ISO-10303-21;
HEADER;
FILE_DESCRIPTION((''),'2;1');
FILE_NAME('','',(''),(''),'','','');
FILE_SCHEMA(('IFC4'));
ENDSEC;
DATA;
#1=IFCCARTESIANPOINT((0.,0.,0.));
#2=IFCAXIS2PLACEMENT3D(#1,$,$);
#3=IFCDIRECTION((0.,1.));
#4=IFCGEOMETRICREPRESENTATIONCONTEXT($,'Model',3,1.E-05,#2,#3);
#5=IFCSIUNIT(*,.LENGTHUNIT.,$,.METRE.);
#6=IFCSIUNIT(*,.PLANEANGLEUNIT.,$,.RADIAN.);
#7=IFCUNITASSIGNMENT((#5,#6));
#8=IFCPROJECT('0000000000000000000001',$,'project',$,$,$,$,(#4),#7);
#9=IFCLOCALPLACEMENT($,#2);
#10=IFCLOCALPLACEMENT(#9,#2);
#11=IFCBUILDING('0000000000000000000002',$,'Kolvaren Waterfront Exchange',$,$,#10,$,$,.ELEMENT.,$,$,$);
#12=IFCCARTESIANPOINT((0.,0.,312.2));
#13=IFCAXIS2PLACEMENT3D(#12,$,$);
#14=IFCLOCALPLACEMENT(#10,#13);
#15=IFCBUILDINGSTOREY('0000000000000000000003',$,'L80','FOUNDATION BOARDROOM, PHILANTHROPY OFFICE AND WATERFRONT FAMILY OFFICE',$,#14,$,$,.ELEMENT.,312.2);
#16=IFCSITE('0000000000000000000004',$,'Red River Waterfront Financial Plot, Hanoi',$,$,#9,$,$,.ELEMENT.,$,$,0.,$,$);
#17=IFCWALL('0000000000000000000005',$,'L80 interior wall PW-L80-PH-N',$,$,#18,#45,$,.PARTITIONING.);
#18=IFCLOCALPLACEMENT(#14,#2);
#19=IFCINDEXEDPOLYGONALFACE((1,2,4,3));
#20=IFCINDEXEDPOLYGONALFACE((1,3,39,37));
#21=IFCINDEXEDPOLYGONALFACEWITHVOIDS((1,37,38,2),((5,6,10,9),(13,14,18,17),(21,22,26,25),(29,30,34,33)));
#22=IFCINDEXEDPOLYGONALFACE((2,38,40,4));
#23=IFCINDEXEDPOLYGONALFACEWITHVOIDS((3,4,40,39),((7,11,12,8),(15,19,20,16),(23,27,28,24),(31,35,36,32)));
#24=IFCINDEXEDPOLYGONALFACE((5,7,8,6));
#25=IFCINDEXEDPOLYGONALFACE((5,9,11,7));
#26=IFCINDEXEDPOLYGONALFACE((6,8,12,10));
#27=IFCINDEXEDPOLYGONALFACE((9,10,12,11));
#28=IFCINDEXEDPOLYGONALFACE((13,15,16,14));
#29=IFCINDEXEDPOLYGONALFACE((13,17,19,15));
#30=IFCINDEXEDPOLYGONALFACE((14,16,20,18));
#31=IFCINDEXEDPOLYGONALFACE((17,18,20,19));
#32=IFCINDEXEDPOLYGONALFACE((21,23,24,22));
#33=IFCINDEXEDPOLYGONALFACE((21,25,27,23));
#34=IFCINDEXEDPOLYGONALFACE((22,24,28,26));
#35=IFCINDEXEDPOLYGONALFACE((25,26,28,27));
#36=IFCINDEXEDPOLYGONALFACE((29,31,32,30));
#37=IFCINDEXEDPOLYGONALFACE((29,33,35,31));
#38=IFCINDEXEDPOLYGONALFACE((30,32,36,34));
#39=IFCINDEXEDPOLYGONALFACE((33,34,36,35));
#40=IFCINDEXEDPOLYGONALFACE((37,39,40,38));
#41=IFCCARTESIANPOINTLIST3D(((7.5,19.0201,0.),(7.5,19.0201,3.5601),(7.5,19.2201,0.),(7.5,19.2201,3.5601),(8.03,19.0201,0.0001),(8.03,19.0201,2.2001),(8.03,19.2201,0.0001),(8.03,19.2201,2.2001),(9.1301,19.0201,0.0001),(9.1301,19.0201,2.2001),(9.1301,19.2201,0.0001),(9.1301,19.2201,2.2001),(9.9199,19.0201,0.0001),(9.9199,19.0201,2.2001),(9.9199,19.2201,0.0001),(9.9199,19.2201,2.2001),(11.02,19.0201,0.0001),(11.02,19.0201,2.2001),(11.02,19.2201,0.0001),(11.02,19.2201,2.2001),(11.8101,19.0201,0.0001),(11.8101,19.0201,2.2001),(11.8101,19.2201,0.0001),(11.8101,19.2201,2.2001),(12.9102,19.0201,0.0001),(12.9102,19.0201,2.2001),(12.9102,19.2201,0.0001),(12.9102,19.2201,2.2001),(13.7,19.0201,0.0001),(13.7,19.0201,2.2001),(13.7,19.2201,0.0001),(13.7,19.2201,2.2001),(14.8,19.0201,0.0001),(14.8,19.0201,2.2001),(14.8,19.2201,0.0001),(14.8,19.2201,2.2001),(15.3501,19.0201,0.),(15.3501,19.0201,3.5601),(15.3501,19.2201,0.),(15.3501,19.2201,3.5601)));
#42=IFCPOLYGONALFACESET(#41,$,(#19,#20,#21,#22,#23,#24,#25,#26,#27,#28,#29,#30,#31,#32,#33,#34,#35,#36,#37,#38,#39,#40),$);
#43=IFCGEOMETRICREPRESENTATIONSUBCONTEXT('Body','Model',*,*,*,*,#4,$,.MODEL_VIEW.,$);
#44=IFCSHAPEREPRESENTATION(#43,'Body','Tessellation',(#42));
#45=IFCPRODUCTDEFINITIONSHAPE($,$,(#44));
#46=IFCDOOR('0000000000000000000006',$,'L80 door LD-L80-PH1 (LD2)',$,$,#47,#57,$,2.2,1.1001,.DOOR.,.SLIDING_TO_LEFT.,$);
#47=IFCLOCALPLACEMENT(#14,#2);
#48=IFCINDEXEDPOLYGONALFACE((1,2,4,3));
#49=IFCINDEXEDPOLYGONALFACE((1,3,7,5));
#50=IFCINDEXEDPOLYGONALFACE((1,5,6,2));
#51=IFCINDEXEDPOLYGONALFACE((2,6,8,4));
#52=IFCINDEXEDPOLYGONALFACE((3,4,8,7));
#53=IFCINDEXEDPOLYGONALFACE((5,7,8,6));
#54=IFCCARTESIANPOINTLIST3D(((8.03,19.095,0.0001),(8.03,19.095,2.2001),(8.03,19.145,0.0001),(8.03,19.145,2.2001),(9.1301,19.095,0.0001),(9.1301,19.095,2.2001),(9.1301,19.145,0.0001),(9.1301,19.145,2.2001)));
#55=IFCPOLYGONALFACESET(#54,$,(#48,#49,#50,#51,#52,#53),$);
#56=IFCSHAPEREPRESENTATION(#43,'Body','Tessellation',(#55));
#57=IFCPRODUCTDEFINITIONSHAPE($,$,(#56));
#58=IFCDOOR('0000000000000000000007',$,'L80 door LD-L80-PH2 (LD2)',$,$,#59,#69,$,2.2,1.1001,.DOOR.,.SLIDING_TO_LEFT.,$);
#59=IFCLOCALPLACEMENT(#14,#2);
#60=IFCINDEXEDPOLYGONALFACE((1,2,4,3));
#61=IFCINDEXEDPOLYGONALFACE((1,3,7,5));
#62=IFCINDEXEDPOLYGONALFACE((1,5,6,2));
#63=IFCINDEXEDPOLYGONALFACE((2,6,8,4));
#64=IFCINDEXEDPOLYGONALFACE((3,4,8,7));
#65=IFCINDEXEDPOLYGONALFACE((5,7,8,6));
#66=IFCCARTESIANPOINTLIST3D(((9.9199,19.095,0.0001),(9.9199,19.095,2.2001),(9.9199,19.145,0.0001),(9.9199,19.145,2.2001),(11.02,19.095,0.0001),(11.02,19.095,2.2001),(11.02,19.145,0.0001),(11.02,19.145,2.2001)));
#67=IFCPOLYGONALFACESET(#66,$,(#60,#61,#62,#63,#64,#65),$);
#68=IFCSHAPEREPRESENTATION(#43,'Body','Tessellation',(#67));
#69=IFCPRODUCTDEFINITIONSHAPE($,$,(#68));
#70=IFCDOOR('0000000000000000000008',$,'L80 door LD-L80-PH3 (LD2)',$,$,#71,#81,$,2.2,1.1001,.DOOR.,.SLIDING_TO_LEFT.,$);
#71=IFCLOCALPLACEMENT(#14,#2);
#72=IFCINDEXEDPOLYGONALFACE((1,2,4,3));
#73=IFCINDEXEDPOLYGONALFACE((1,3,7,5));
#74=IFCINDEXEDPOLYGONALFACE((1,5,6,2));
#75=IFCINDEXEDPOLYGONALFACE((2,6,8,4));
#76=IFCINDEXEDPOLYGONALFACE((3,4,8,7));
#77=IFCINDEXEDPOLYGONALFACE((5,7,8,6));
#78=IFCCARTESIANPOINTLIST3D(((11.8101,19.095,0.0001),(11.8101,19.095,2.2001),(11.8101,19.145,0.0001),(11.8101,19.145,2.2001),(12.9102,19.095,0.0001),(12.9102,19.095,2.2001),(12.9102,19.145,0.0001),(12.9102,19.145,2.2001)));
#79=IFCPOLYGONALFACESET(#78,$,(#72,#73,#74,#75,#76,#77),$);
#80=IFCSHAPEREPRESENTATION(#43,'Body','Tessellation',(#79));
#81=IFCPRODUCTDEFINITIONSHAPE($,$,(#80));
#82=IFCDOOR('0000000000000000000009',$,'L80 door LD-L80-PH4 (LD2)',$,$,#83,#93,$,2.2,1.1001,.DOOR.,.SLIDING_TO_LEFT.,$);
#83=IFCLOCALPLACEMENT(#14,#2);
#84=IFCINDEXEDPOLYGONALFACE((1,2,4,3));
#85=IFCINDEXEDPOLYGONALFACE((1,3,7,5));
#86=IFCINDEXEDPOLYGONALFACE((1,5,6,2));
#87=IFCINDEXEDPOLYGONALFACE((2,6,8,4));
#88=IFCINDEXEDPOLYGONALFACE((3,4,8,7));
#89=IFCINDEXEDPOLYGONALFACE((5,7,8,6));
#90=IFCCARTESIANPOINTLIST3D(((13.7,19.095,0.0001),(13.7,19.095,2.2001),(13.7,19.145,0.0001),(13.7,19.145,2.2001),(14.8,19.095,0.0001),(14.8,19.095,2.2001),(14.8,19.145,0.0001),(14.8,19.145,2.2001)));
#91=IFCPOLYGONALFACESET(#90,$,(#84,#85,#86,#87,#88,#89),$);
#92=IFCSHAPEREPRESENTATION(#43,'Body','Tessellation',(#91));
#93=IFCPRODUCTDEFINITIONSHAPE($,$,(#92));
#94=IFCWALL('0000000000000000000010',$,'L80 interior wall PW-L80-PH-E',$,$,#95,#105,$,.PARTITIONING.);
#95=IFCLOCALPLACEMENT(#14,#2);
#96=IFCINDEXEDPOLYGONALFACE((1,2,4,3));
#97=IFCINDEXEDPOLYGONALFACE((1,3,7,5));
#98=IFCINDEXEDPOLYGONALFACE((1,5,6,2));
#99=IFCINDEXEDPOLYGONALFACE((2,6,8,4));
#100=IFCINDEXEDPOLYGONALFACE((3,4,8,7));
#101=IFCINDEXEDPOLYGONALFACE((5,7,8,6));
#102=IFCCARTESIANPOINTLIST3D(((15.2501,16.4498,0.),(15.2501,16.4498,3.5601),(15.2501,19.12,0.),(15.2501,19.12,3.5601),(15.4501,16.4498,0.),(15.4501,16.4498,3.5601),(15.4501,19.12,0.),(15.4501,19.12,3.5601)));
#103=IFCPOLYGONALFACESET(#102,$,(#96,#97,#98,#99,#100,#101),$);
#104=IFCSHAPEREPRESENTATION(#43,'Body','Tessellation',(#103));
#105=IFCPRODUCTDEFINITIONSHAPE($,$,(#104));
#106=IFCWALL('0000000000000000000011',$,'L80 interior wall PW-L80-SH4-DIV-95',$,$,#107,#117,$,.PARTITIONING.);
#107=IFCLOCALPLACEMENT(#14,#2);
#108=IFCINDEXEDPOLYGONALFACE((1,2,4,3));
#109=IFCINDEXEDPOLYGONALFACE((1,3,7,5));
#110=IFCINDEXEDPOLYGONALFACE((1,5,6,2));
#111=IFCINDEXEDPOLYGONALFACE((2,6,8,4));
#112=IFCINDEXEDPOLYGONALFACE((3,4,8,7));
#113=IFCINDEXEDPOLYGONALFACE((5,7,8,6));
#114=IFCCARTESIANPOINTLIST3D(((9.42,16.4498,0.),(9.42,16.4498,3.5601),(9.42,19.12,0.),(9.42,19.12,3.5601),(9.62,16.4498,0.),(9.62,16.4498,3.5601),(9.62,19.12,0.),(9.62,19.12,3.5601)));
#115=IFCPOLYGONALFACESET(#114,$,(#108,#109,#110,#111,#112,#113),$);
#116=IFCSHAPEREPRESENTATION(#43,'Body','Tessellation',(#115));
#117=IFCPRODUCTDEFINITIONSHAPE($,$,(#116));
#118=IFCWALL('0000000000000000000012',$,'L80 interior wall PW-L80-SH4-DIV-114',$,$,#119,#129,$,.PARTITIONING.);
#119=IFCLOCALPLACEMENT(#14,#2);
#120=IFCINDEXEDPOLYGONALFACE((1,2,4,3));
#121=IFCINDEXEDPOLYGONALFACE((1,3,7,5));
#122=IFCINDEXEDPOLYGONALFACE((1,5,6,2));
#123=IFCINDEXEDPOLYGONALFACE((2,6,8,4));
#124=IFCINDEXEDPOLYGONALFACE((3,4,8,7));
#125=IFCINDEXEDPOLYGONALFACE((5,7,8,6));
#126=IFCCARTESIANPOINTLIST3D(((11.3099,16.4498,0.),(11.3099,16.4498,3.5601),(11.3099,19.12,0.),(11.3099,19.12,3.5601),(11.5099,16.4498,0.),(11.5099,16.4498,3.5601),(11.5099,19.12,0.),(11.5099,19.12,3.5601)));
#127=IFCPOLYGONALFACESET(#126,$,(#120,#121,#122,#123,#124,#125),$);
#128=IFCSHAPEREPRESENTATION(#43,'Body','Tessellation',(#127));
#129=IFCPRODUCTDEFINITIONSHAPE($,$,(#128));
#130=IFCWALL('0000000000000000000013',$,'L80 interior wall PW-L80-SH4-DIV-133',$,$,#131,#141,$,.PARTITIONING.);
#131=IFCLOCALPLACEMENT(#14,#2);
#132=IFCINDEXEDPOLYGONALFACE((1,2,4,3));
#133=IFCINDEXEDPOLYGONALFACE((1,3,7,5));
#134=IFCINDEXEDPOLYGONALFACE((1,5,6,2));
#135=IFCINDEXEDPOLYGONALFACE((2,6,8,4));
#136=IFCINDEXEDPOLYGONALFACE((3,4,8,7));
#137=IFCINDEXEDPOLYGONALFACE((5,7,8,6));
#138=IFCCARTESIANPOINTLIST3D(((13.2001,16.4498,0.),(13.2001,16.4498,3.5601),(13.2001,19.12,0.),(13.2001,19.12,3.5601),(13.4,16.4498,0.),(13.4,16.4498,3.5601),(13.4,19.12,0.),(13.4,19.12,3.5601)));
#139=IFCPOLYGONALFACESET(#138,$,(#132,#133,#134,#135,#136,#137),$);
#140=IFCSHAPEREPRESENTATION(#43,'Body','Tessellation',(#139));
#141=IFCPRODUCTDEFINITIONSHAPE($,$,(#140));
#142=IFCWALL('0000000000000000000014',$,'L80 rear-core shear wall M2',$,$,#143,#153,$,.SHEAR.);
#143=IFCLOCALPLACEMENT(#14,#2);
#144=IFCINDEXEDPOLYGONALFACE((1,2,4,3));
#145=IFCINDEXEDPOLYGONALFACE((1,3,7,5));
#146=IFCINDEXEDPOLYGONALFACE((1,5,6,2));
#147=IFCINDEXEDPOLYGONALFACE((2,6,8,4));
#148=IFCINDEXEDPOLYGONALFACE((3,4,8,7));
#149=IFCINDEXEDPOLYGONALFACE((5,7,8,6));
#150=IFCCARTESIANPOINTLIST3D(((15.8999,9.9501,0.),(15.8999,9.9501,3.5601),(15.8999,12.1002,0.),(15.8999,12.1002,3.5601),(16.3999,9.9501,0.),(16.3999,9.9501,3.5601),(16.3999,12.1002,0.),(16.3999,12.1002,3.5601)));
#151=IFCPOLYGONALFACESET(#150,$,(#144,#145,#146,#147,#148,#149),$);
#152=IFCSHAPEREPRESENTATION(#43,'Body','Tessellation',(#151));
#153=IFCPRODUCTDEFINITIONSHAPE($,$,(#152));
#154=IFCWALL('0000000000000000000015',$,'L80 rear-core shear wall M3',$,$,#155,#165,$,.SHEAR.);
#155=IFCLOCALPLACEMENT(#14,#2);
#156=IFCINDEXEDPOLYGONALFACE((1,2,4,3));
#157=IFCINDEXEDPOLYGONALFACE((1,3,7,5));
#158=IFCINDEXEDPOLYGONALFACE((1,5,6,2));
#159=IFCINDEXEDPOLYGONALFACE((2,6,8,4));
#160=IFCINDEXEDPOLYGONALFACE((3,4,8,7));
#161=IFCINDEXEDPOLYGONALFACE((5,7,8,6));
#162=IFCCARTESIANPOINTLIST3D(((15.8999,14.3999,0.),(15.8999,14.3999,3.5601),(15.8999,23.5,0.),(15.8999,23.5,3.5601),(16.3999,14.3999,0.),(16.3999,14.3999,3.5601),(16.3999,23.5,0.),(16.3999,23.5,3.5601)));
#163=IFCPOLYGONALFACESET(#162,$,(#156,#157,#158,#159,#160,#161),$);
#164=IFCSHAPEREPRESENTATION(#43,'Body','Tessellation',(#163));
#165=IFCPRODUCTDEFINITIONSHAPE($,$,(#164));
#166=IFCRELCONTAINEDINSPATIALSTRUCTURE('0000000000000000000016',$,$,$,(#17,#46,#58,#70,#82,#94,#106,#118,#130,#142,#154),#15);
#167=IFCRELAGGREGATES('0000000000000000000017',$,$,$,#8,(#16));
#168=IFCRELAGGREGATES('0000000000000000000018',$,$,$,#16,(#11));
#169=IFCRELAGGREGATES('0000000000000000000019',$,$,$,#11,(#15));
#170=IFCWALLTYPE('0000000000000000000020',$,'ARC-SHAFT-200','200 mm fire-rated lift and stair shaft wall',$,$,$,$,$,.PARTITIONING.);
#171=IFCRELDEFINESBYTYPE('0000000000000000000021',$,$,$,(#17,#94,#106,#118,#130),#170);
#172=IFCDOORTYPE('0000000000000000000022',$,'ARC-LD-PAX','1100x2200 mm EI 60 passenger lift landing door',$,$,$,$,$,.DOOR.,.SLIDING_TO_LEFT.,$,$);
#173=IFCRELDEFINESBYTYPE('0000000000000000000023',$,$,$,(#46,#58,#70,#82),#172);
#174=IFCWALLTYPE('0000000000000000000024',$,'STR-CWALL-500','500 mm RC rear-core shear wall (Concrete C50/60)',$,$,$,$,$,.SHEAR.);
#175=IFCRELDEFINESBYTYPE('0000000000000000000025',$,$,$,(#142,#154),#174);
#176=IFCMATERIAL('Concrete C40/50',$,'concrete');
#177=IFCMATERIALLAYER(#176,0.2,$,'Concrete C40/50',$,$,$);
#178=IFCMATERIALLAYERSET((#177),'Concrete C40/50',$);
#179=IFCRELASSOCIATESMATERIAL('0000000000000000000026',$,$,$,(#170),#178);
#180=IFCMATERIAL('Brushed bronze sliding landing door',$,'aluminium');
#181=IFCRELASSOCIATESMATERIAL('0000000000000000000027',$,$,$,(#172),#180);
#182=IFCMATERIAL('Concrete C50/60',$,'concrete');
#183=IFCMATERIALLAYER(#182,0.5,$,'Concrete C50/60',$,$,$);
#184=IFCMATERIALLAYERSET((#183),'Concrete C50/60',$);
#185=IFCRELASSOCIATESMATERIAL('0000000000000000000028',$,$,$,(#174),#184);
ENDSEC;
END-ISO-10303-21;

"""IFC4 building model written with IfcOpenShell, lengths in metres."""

from ifc_helpers import new_model, si_unit, direction, frame, frame_2d, origin, place, context, subcontext, project, spatial, rectangle, extrude, material, layer, layer_set, type_object, element, fill, save


model = new_model("IFC4")

# Units and contexts
model_context = context("Model", 3, precision=1e-05, world=origin(), true_north=direction((0.0, 1.0)))
body_context = subcontext(model_context, "Body", "Model", "MODEL_VIEW")
ifc_project = project(units=[si_unit("LENGTHUNIT", "METRE"), si_unit("PLANEANGLEUNIT", "RADIAN")], contexts=[model_context])

# Site, building, storey
site_placement = place(None, origin())
site = spatial("IfcSite", under=ifc_project, at=site_placement, Name="Red River Waterfront Financial Plot, Hanoi", CompositionType="ELEMENT", RefElevation=0.0)
building_placement = place(site_placement, origin())
building = spatial("IfcBuilding", under=site, at=building_placement, Name="Kolvaren Waterfront Exchange", CompositionType="ELEMENT")
storey_placement = place(building_placement, frame((0.0, 0.0, 312.2)))
storey = spatial("IfcBuildingStorey", under=building, at=storey_placement, Name="L80", Description="FOUNDATION BOARDROOM, PHILANTHROPY OFFICE AND WATERFRONT FAMILY OFFICE", CompositionType="ELEMENT", Elevation=312.2)

# Shared definitions
ifc_material_1 = material(Name="Concrete C40/50", Category="concrete")
ifc_layer_1 = layer(ifc_material_1, 0.2, Name="Concrete C40/50")
ifc_layer_set_1 = layer_set([ifc_layer_1], Name="Concrete C40/50")
wall_type_1 = type_object("IfcWallType", Name="ARC-SHAFT-200", Description="200 mm fire-rated lift and stair shaft wall", PredefinedType="PARTITIONING", material=ifc_layer_set_1)

# Wall, openings, doors
wall_1_placement = place(storey_placement, frame((7.5, 19.1201, 0.0), z_axis=(0.0, 0.0, 1.0), x_axis=(1.0, 0.0, 0.0)))
wall_1 = element("IfcWall", 1, at=wall_1_placement, inside=storey, type_object=wall_type_1, Name="L80 interior wall PW-L80-PH-N", PredefinedType="PARTITIONING", context=body_context, shape_type="SweptSolid", body=[
    extrude(rectangle(XDim=7.8501, YDim=0.2, at=frame_2d((3.925, 0.0))), origin(), (0.0, 0.0, 1.0), 3.5601),
])
opening_1_placement = place(wall_1_placement, frame((0.53, 0.0, 0.0)))
opening_1 = element("IfcOpeningElement", 2, at=opening_1_placement, cuts=wall_1, PredefinedType="OPENING", context=body_context, shape_type="SweptSolid", body=[
    extrude(rectangle(XDim=1.1001, YDim=2.2, at=frame_2d((0.55, 1.1001))), frame((0.0, 0.1099, 0.0), z_axis=(0.0, -1.0, 0.0), x_axis=(1.0, 0.0, 0.0)), (0.0, 0.0, 1.0), 0.22),
])
opening_2_placement = place(wall_1_placement, frame((2.4199, 0.0, 0.0)))
opening_2 = element("IfcOpeningElement", 3, at=opening_2_placement, cuts=wall_1, PredefinedType="OPENING", context=body_context, shape_type="SweptSolid", body=[
    extrude(rectangle(XDim=1.1001, YDim=2.2, at=frame_2d((0.55, 1.1001))), frame((0.0, 0.1099, 0.0), z_axis=(0.0, -1.0, 0.0), x_axis=(1.0, 0.0, 0.0)), (0.0, 0.0, 1.0), 0.22),
])
opening_3_placement = place(wall_1_placement, frame((4.3101, 0.0, 0.0)))
opening_3 = element("IfcOpeningElement", 4, at=opening_3_placement, cuts=wall_1, PredefinedType="OPENING", context=body_context, shape_type="SweptSolid", body=[
    extrude(rectangle(XDim=1.1001, YDim=2.2, at=frame_2d((0.55, 1.1001))), frame((0.0, 0.1099, 0.0), z_axis=(0.0, -1.0, 0.0), x_axis=(1.0, 0.0, 0.0)), (0.0, 0.0, 1.0), 0.22),
])
opening_4_placement = place(wall_1_placement, frame((6.2, 0.0, 0.0)))
opening_4 = element("IfcOpeningElement", 5, at=opening_4_placement, cuts=wall_1, PredefinedType="OPENING", context=body_context, shape_type="SweptSolid", body=[
    extrude(rectangle(XDim=1.1001, YDim=2.2, at=frame_2d((0.55, 1.1001))), frame((0.0, 0.1099, 0.0), z_axis=(0.0, -1.0, 0.0), x_axis=(1.0, 0.0, 0.0)), (0.0, 0.0, 1.0), 0.22),
])
ifc_material_2 = material(Name="Brushed bronze sliding landing door", Category="aluminium")
door_type_1 = type_object("IfcDoorType", Name="ARC-LD-PAX", Description="1100x2200 mm EI 60 passenger lift landing door", OperationType="SLIDING_TO_LEFT", PredefinedType="DOOR", material=ifc_material_2)
door_1_placement = place(opening_1_placement, origin())
door_1 = element("IfcDoor", 6, at=door_1_placement, inside=storey, type_object=door_type_1, Name="L80 door LD-L80-PH1 (LD2)", OperationType="SLIDING_TO_LEFT", OverallHeight=2.2, OverallWidth=1.1001, PredefinedType="DOOR", context=body_context, shape_type="SweptSolid", body=[
    extrude(rectangle(XDim=1.1001, YDim=2.2, at=frame_2d((0.55, 1.1001))), frame((0.0, 0.0249, 0.0), z_axis=(0.0, -1.0, 0.0), x_axis=(1.0, 0.0, 0.0)), (0.0, 0.0, 1.0), 0.05),
])
fill(opening_1, door_1)
door_2_placement = place(opening_2_placement, origin())
door_2 = element("IfcDoor", 7, at=door_2_placement, inside=storey, type_object=door_type_1, Name="L80 door LD-L80-PH2 (LD2)", OperationType="SLIDING_TO_LEFT", OverallHeight=2.2, OverallWidth=1.1001, PredefinedType="DOOR", context=body_context, shape_type="SweptSolid", body=[
    extrude(rectangle(XDim=1.1001, YDim=2.2, at=frame_2d((0.55, 1.1001))), frame((0.0, 0.0249, 0.0), z_axis=(0.0, -1.0, 0.0), x_axis=(1.0, 0.0, 0.0)), (0.0, 0.0, 1.0), 0.05),
])
fill(opening_2, door_2)
door_3_placement = place(opening_3_placement, origin())
door_3 = element("IfcDoor", 8, at=door_3_placement, inside=storey, type_object=door_type_1, Name="L80 door LD-L80-PH3 (LD2)", OperationType="SLIDING_TO_LEFT", OverallHeight=2.2, OverallWidth=1.1001, PredefinedType="DOOR", context=body_context, shape_type="SweptSolid", body=[
    extrude(rectangle(XDim=1.1001, YDim=2.2, at=frame_2d((0.55, 1.1001))), frame((0.0, 0.0249, 0.0), z_axis=(0.0, -1.0, 0.0), x_axis=(1.0, 0.0, 0.0)), (0.0, 0.0, 1.0), 0.05),
])
fill(opening_3, door_3)
door_4_placement = place(opening_4_placement, origin())
door_4 = element("IfcDoor", 9, at=door_4_placement, inside=storey, type_object=door_type_1, Name="L80 door LD-L80-PH4 (LD2)", OperationType="SLIDING_TO_LEFT", OverallHeight=2.2, OverallWidth=1.1001, PredefinedType="DOOR", context=body_context, shape_type="SweptSolid", body=[
    extrude(rectangle(XDim=1.1001, YDim=2.2, at=frame_2d((0.55, 1.1001))), frame((0.0, 0.0249, 0.0), z_axis=(0.0, -1.0, 0.0), x_axis=(1.0, 0.0, 0.0)), (0.0, 0.0, 1.0), 0.05),
])
fill(opening_4, door_4)

# Walls
for number, where, z_axis, x_axis, name in (
    (10, (15.3501, 16.45, 0.0), (0.0, 0.0, 1.0), (0.0, 1.0, 0.0), "L80 interior wall PW-L80-PH-E"),
    (11, (9.52, 16.45, 0.0), (0.0, 0.0, 1.0), (0.0, 1.0, 0.0), "L80 interior wall PW-L80-SH4-DIV-95"),
    (12, (11.4099, 16.45, 0.0), (0.0, 0.0, 1.0), (0.0, 1.0, 0.0), "L80 interior wall PW-L80-SH4-DIV-114"),
    (13, (13.3, 16.45, 0.0), (0.0, 0.0, 1.0), (0.0, 1.0, 0.0), "L80 interior wall PW-L80-SH4-DIV-133"),
):
    element("IfcWall", number, at=place(storey_placement, frame(where, z_axis=z_axis, x_axis=x_axis)), inside=storey, type_object=wall_type_1, Name=name, PredefinedType="PARTITIONING", context=body_context, shape_type="SweptSolid", body=[
        extrude(rectangle(XDim=2.6702, YDim=0.2, at=frame_2d((1.335, 0.0))), origin(), (0.0, 0.0, 1.0), 3.5601),
    ])
ifc_material_3 = material(Name="Concrete C50/60", Category="concrete")
ifc_layer_2 = layer(ifc_material_3, 0.5, Name="Concrete C50/60")
ifc_layer_set_2 = layer_set([ifc_layer_2], Name="Concrete C50/60")
wall_type_2 = type_object("IfcWallType", Name="STR-CWALL-500", Description="500 mm RC rear-core shear wall (Concrete C50/60)", PredefinedType="SHEAR", material=ifc_layer_set_2)
wall_2_placement = place(storey_placement, frame((16.1499, 9.95, 0.0), z_axis=(0.0, 0.0, 1.0), x_axis=(0.0, 1.0, 0.0)))
element("IfcWall", 14, at=wall_2_placement, inside=storey, type_object=wall_type_2, Name="L80 rear-core shear wall M2", PredefinedType="SHEAR", context=body_context, shape_type="SweptSolid", body=[
    extrude(rectangle(XDim=2.1501, YDim=0.5, at=frame_2d((1.0752, 0.0))), origin(), (0.0, 0.0, 1.0), 3.5601),
])
wall_3_placement = place(storey_placement, frame((16.1499, 14.3999, 0.0), z_axis=(0.0, 0.0, 1.0), x_axis=(0.0, 1.0, 0.0)))
element("IfcWall", 15, at=wall_3_placement, inside=storey, type_object=wall_type_2, Name="L80 rear-core shear wall M3", PredefinedType="SHEAR", context=body_context, shape_type="SweptSolid", body=[
    extrude(rectangle(XDim=9.1001, YDim=0.5, at=frame_2d((4.55, 0.0))), origin(), (0.0, 0.0, 1.0), 3.5601),
])

save(model, "model.ifc")
